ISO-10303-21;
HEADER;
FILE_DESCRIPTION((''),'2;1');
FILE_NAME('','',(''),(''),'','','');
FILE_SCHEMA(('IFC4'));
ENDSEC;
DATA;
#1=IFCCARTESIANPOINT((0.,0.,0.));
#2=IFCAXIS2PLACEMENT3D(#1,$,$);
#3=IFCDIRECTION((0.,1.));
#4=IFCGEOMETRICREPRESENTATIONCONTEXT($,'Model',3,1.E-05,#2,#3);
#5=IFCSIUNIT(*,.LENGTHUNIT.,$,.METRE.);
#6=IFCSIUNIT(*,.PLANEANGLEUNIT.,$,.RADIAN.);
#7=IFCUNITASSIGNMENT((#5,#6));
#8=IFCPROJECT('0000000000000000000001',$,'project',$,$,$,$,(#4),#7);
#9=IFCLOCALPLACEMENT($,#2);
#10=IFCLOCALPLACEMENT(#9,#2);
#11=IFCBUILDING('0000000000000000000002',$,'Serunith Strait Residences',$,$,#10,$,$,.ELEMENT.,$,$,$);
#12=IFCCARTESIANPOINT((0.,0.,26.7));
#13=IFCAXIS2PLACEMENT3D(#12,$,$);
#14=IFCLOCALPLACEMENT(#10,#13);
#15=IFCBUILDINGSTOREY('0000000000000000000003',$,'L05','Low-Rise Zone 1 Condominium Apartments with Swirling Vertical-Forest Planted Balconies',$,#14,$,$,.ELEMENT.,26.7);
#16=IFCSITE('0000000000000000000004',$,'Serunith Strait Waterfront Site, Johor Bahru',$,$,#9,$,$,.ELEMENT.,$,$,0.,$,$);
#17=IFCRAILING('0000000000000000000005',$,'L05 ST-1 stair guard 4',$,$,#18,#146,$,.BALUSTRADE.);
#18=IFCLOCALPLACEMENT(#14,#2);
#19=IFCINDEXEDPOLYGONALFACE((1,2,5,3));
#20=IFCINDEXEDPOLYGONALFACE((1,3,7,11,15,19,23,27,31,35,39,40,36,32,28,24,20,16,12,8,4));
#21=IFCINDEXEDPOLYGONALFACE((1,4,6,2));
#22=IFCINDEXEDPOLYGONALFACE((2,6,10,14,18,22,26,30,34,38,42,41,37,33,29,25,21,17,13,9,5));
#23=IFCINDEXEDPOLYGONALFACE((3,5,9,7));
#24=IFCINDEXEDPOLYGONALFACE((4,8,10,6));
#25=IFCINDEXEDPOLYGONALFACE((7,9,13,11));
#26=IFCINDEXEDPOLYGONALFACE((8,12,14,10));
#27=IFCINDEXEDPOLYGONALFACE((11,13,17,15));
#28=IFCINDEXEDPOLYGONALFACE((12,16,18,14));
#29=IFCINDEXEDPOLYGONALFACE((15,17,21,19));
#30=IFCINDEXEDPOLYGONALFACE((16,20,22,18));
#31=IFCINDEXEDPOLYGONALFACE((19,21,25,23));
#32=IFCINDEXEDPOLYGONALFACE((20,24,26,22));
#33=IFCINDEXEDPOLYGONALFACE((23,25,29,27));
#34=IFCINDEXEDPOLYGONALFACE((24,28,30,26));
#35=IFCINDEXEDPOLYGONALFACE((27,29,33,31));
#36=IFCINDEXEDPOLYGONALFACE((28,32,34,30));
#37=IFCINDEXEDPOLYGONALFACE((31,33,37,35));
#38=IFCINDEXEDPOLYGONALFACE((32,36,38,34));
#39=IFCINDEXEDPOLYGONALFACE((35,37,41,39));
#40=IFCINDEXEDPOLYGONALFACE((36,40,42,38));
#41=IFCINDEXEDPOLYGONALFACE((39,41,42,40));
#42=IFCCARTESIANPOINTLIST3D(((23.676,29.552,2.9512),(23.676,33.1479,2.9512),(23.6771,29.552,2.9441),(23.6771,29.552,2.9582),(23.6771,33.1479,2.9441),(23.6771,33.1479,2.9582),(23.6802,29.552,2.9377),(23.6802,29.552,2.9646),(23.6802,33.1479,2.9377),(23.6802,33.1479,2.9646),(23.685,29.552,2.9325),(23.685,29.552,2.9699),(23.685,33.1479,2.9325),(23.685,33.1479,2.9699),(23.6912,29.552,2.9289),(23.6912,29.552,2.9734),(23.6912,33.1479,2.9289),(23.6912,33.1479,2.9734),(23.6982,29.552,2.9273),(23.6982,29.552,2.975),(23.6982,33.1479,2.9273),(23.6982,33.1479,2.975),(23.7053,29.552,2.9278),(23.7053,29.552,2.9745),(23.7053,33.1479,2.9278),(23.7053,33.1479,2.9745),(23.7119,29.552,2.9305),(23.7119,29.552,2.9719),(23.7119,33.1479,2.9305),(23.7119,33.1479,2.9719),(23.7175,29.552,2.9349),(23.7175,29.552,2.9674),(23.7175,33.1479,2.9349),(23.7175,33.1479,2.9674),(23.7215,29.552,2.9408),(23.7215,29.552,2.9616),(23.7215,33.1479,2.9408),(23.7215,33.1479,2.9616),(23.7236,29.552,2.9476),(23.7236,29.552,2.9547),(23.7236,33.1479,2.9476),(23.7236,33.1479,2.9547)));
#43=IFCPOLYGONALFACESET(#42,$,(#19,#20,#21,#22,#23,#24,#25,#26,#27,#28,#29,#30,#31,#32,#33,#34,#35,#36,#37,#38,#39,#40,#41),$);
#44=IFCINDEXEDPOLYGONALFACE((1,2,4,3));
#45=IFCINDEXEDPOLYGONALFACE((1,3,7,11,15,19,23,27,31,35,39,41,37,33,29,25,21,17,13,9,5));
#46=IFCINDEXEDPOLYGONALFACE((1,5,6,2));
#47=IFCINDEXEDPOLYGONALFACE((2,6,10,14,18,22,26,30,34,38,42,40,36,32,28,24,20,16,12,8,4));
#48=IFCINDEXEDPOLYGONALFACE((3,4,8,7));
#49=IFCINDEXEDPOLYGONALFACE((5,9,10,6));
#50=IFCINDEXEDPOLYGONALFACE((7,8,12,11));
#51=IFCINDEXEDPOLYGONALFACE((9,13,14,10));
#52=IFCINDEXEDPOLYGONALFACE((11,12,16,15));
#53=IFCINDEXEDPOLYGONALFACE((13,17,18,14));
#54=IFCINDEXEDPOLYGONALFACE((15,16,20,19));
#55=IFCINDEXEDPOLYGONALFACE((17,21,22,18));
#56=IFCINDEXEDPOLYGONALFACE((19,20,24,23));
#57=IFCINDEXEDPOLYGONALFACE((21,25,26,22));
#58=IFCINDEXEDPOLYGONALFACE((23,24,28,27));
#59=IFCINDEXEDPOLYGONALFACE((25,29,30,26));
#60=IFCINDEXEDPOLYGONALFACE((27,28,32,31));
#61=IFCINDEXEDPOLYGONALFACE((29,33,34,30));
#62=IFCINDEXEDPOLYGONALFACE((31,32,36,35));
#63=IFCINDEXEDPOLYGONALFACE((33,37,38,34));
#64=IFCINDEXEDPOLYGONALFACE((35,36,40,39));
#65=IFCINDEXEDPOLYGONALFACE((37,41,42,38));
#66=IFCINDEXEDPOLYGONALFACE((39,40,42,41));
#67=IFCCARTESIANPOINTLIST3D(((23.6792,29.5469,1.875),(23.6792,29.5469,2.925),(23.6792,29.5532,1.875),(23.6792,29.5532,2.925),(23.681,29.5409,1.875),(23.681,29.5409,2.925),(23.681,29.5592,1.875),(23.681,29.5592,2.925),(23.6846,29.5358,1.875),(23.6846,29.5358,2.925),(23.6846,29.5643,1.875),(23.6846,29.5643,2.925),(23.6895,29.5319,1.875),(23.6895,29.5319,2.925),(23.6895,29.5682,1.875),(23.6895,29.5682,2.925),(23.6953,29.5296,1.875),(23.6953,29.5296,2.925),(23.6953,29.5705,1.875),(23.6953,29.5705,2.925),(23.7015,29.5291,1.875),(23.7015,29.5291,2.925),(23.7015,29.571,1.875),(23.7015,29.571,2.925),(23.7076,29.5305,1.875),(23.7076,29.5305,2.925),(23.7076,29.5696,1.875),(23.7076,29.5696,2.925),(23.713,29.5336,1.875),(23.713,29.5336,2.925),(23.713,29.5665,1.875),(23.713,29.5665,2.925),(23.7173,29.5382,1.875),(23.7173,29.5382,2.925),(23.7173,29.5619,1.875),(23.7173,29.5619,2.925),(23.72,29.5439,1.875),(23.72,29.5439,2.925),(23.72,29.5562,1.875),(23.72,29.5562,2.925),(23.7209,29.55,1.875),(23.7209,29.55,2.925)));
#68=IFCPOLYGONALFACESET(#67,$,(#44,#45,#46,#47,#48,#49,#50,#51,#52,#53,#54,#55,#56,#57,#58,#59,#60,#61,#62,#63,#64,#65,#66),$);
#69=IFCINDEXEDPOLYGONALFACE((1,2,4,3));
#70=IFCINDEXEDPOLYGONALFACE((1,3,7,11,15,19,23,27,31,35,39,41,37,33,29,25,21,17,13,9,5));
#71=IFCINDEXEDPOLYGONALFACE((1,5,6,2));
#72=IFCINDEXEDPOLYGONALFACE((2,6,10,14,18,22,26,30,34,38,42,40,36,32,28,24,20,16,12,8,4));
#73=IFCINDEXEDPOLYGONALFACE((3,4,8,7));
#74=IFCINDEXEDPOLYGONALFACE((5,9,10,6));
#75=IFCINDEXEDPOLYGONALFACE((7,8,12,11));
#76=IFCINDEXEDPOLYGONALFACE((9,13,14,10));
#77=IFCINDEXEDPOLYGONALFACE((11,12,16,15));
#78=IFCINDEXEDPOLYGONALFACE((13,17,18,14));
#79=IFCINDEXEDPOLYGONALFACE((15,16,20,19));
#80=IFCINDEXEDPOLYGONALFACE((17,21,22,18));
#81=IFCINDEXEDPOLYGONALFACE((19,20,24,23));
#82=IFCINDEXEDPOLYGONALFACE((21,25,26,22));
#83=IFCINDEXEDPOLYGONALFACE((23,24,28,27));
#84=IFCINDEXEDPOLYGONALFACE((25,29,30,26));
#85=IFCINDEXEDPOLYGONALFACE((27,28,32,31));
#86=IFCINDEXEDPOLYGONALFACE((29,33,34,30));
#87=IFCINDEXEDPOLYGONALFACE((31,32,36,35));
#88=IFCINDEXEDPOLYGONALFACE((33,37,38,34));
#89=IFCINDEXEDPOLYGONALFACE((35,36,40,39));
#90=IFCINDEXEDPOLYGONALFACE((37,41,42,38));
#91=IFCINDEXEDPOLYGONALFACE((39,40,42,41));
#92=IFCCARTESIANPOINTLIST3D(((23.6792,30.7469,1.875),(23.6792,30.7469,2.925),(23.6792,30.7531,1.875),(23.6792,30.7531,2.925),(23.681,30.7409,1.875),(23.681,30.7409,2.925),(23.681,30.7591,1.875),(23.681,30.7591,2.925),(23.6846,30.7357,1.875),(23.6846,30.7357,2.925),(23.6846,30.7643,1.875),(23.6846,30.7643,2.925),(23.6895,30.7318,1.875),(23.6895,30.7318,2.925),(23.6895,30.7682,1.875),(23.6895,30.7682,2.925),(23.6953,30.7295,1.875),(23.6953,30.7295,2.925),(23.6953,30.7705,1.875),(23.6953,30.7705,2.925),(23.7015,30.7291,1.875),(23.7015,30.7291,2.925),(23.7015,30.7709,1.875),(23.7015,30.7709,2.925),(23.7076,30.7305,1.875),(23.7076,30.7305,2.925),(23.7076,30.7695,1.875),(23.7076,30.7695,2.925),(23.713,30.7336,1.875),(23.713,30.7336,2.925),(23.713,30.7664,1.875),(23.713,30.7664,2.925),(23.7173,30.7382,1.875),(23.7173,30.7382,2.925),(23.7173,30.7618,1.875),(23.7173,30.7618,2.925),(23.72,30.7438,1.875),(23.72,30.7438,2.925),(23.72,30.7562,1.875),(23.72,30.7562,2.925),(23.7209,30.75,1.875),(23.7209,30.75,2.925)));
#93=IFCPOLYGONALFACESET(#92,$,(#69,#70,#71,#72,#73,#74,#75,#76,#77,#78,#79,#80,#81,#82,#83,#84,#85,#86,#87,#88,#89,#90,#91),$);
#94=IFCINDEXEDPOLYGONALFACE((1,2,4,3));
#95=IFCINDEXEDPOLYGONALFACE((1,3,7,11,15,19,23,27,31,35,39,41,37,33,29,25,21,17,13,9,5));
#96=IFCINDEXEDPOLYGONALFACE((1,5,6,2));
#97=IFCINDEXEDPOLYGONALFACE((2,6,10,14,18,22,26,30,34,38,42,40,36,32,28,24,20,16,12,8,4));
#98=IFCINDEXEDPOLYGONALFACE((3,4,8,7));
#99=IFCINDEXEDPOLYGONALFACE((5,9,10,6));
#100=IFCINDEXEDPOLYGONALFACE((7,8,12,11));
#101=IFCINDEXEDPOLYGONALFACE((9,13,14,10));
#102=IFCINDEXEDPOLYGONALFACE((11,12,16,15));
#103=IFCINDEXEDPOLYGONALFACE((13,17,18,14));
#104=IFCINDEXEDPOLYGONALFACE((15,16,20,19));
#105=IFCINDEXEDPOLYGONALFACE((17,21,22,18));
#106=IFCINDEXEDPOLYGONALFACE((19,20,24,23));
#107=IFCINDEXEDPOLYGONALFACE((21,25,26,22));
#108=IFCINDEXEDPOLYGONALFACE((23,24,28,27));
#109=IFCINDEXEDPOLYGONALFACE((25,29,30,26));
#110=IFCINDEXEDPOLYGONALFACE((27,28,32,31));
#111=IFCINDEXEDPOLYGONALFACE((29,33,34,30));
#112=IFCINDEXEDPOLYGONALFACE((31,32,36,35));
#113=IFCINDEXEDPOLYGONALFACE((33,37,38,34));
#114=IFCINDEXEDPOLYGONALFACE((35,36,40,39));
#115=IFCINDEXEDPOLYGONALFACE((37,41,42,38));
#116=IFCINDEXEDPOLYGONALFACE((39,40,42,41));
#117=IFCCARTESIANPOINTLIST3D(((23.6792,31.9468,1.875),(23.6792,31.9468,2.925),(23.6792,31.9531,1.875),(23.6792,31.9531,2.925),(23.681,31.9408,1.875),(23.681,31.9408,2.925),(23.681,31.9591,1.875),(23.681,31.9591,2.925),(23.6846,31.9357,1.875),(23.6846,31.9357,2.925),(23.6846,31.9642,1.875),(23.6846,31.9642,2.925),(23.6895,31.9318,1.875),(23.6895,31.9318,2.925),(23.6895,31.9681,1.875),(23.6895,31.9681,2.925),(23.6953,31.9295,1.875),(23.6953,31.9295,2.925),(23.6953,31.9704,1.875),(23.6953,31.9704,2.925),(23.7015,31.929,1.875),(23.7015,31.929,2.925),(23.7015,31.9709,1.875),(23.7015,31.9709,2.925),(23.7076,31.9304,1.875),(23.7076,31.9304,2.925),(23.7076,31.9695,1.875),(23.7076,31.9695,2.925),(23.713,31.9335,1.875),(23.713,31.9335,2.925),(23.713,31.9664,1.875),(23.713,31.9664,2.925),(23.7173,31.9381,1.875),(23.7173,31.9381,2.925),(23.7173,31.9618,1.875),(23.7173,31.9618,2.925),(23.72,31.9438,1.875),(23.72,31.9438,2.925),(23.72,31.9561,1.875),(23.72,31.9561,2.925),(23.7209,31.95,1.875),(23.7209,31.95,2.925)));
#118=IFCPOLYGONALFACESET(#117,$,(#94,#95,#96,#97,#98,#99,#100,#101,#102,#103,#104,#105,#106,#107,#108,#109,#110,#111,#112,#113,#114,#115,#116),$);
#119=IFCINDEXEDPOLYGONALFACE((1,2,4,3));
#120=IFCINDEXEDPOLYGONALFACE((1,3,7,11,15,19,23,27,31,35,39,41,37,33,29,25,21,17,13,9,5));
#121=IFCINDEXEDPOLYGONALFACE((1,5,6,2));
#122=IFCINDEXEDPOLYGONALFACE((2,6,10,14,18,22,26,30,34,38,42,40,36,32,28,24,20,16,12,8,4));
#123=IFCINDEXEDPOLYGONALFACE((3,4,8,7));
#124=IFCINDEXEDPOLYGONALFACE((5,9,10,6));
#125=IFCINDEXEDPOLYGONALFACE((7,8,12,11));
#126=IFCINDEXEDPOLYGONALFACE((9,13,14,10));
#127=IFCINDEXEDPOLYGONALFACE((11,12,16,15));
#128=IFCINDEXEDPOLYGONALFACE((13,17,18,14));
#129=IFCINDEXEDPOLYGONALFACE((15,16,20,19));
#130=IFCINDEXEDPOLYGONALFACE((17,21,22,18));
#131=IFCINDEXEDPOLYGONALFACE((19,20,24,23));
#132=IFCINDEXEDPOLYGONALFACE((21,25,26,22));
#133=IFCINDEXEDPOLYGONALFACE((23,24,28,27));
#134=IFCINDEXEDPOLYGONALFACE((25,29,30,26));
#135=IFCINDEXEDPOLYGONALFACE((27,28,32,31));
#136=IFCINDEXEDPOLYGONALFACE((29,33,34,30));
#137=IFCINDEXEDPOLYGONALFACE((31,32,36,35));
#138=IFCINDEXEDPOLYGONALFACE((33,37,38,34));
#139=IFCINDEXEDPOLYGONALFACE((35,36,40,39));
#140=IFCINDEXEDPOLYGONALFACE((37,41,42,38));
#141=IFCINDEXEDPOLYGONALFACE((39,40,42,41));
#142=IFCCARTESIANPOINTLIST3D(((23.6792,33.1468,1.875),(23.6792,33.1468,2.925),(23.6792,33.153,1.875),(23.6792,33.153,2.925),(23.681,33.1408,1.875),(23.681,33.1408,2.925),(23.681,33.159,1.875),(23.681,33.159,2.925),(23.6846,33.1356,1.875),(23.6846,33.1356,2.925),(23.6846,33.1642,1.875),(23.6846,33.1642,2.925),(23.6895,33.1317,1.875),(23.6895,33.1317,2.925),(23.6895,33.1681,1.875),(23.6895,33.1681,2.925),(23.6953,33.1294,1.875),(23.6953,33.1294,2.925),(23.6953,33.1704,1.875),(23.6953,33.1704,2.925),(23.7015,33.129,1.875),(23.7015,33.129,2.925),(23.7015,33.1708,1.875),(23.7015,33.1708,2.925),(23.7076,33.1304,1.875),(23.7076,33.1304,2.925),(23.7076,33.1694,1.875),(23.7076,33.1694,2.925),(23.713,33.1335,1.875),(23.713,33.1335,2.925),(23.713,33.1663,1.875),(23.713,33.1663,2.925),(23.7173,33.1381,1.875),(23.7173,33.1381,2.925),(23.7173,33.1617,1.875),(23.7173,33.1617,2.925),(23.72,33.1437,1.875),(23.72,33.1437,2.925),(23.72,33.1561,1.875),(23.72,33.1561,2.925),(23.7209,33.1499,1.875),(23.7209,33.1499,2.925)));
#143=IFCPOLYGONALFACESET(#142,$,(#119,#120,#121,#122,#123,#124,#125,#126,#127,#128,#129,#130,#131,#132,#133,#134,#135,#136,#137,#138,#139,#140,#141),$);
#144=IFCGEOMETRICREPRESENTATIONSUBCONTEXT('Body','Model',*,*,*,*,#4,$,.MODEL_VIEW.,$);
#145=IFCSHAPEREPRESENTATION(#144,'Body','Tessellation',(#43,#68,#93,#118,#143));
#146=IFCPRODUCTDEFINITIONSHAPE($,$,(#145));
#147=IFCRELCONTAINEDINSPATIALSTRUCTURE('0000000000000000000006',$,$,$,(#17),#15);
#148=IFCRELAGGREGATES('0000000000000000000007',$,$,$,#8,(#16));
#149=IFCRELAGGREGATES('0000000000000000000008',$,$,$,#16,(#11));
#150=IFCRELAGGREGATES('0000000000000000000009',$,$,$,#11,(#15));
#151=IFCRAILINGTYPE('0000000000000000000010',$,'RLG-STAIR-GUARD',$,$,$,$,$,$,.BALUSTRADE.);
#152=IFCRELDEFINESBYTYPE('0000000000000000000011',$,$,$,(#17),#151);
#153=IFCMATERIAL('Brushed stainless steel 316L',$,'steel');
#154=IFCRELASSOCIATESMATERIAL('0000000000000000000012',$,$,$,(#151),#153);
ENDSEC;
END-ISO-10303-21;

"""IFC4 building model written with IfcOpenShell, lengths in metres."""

from ifc_helpers import new_model, si_unit, direction, frame, origin, origin_2d, place, context, subcontext, project, spatial, circle, extrude, material, type_object, element, save


model = new_model("IFC4")

# Units and contexts
model_context = context("Model", 3, precision=1e-05, world=origin(), true_north=direction((0.0, 1.0)))
body_context = subcontext(model_context, "Body", "Model", "MODEL_VIEW")
ifc_project = project(units=[si_unit("LENGTHUNIT", "METRE"), si_unit("PLANEANGLEUNIT", "RADIAN")], contexts=[model_context])

# Site, building, storey
site_placement = place(None, origin())
site = spatial("IfcSite", under=ifc_project, at=site_placement, Name="Serunith Strait Waterfront Site, Johor Bahru", CompositionType="ELEMENT", RefElevation=0.0)
building_placement = place(site_placement, origin())
building = spatial("IfcBuilding", under=site, at=building_placement, Name="Serunith Strait Residences", CompositionType="ELEMENT")
storey_placement = place(building_placement, frame((0.0, 0.0, 26.7)))
storey = spatial("IfcBuildingStorey", under=building, at=storey_placement, Name="L05", Description="Low-Rise Zone 1 Condominium Apartments with Swirling Vertical-Forest Planted Balconies", CompositionType="ELEMENT", Elevation=26.7)

# Railing
ifc_material_1 = material(Name="Brushed stainless steel 316L", Category="steel")
railing_type_1 = type_object("IfcRailingType", Name="RLG-STAIR-GUARD", PredefinedType="BALUSTRADE", material=ifc_material_1)
for number, where, name in (
    (1, (23.7, 29.55, 1.875), "L05 ST-1 stair guard 4"),
):
    element("IfcRailing", number, at=place(storey_placement, frame(where)), inside=storey, type_object=railing_type_1, Name=name, PredefinedType="BALUSTRADE", context=body_context, shape_type="SweptSolid", body=[
        extrude(circle(Radius=0.0239, at=origin_2d()), frame((0.0, 0.002, 1.0762), z_axis=(0.0, 1.0, 0.0), x_axis=(-1.0, 0.0, 0.0)), (0.0, 0.0, 1.0), 3.5959),
        extrude(circle(Radius=0.021, at=origin_2d()), origin(), (0.0, 0.0, 1.0), 1.05),
        extrude(circle(Radius=0.021, at=origin_2d()), frame((0.0, 1.2, 0.0)), (0.0, 0.0, 1.0), 1.05),
        extrude(circle(Radius=0.021, at=origin_2d()), frame((0.0, 2.3999, 0.0)), (0.0, 0.0, 1.0), 1.05),
        extrude(circle(Radius=0.021, at=origin_2d()), frame((0.0, 3.5999, 0.0)), (0.0, 0.0, 1.0), 1.05),
    ])

save(model, "model.ifc")
